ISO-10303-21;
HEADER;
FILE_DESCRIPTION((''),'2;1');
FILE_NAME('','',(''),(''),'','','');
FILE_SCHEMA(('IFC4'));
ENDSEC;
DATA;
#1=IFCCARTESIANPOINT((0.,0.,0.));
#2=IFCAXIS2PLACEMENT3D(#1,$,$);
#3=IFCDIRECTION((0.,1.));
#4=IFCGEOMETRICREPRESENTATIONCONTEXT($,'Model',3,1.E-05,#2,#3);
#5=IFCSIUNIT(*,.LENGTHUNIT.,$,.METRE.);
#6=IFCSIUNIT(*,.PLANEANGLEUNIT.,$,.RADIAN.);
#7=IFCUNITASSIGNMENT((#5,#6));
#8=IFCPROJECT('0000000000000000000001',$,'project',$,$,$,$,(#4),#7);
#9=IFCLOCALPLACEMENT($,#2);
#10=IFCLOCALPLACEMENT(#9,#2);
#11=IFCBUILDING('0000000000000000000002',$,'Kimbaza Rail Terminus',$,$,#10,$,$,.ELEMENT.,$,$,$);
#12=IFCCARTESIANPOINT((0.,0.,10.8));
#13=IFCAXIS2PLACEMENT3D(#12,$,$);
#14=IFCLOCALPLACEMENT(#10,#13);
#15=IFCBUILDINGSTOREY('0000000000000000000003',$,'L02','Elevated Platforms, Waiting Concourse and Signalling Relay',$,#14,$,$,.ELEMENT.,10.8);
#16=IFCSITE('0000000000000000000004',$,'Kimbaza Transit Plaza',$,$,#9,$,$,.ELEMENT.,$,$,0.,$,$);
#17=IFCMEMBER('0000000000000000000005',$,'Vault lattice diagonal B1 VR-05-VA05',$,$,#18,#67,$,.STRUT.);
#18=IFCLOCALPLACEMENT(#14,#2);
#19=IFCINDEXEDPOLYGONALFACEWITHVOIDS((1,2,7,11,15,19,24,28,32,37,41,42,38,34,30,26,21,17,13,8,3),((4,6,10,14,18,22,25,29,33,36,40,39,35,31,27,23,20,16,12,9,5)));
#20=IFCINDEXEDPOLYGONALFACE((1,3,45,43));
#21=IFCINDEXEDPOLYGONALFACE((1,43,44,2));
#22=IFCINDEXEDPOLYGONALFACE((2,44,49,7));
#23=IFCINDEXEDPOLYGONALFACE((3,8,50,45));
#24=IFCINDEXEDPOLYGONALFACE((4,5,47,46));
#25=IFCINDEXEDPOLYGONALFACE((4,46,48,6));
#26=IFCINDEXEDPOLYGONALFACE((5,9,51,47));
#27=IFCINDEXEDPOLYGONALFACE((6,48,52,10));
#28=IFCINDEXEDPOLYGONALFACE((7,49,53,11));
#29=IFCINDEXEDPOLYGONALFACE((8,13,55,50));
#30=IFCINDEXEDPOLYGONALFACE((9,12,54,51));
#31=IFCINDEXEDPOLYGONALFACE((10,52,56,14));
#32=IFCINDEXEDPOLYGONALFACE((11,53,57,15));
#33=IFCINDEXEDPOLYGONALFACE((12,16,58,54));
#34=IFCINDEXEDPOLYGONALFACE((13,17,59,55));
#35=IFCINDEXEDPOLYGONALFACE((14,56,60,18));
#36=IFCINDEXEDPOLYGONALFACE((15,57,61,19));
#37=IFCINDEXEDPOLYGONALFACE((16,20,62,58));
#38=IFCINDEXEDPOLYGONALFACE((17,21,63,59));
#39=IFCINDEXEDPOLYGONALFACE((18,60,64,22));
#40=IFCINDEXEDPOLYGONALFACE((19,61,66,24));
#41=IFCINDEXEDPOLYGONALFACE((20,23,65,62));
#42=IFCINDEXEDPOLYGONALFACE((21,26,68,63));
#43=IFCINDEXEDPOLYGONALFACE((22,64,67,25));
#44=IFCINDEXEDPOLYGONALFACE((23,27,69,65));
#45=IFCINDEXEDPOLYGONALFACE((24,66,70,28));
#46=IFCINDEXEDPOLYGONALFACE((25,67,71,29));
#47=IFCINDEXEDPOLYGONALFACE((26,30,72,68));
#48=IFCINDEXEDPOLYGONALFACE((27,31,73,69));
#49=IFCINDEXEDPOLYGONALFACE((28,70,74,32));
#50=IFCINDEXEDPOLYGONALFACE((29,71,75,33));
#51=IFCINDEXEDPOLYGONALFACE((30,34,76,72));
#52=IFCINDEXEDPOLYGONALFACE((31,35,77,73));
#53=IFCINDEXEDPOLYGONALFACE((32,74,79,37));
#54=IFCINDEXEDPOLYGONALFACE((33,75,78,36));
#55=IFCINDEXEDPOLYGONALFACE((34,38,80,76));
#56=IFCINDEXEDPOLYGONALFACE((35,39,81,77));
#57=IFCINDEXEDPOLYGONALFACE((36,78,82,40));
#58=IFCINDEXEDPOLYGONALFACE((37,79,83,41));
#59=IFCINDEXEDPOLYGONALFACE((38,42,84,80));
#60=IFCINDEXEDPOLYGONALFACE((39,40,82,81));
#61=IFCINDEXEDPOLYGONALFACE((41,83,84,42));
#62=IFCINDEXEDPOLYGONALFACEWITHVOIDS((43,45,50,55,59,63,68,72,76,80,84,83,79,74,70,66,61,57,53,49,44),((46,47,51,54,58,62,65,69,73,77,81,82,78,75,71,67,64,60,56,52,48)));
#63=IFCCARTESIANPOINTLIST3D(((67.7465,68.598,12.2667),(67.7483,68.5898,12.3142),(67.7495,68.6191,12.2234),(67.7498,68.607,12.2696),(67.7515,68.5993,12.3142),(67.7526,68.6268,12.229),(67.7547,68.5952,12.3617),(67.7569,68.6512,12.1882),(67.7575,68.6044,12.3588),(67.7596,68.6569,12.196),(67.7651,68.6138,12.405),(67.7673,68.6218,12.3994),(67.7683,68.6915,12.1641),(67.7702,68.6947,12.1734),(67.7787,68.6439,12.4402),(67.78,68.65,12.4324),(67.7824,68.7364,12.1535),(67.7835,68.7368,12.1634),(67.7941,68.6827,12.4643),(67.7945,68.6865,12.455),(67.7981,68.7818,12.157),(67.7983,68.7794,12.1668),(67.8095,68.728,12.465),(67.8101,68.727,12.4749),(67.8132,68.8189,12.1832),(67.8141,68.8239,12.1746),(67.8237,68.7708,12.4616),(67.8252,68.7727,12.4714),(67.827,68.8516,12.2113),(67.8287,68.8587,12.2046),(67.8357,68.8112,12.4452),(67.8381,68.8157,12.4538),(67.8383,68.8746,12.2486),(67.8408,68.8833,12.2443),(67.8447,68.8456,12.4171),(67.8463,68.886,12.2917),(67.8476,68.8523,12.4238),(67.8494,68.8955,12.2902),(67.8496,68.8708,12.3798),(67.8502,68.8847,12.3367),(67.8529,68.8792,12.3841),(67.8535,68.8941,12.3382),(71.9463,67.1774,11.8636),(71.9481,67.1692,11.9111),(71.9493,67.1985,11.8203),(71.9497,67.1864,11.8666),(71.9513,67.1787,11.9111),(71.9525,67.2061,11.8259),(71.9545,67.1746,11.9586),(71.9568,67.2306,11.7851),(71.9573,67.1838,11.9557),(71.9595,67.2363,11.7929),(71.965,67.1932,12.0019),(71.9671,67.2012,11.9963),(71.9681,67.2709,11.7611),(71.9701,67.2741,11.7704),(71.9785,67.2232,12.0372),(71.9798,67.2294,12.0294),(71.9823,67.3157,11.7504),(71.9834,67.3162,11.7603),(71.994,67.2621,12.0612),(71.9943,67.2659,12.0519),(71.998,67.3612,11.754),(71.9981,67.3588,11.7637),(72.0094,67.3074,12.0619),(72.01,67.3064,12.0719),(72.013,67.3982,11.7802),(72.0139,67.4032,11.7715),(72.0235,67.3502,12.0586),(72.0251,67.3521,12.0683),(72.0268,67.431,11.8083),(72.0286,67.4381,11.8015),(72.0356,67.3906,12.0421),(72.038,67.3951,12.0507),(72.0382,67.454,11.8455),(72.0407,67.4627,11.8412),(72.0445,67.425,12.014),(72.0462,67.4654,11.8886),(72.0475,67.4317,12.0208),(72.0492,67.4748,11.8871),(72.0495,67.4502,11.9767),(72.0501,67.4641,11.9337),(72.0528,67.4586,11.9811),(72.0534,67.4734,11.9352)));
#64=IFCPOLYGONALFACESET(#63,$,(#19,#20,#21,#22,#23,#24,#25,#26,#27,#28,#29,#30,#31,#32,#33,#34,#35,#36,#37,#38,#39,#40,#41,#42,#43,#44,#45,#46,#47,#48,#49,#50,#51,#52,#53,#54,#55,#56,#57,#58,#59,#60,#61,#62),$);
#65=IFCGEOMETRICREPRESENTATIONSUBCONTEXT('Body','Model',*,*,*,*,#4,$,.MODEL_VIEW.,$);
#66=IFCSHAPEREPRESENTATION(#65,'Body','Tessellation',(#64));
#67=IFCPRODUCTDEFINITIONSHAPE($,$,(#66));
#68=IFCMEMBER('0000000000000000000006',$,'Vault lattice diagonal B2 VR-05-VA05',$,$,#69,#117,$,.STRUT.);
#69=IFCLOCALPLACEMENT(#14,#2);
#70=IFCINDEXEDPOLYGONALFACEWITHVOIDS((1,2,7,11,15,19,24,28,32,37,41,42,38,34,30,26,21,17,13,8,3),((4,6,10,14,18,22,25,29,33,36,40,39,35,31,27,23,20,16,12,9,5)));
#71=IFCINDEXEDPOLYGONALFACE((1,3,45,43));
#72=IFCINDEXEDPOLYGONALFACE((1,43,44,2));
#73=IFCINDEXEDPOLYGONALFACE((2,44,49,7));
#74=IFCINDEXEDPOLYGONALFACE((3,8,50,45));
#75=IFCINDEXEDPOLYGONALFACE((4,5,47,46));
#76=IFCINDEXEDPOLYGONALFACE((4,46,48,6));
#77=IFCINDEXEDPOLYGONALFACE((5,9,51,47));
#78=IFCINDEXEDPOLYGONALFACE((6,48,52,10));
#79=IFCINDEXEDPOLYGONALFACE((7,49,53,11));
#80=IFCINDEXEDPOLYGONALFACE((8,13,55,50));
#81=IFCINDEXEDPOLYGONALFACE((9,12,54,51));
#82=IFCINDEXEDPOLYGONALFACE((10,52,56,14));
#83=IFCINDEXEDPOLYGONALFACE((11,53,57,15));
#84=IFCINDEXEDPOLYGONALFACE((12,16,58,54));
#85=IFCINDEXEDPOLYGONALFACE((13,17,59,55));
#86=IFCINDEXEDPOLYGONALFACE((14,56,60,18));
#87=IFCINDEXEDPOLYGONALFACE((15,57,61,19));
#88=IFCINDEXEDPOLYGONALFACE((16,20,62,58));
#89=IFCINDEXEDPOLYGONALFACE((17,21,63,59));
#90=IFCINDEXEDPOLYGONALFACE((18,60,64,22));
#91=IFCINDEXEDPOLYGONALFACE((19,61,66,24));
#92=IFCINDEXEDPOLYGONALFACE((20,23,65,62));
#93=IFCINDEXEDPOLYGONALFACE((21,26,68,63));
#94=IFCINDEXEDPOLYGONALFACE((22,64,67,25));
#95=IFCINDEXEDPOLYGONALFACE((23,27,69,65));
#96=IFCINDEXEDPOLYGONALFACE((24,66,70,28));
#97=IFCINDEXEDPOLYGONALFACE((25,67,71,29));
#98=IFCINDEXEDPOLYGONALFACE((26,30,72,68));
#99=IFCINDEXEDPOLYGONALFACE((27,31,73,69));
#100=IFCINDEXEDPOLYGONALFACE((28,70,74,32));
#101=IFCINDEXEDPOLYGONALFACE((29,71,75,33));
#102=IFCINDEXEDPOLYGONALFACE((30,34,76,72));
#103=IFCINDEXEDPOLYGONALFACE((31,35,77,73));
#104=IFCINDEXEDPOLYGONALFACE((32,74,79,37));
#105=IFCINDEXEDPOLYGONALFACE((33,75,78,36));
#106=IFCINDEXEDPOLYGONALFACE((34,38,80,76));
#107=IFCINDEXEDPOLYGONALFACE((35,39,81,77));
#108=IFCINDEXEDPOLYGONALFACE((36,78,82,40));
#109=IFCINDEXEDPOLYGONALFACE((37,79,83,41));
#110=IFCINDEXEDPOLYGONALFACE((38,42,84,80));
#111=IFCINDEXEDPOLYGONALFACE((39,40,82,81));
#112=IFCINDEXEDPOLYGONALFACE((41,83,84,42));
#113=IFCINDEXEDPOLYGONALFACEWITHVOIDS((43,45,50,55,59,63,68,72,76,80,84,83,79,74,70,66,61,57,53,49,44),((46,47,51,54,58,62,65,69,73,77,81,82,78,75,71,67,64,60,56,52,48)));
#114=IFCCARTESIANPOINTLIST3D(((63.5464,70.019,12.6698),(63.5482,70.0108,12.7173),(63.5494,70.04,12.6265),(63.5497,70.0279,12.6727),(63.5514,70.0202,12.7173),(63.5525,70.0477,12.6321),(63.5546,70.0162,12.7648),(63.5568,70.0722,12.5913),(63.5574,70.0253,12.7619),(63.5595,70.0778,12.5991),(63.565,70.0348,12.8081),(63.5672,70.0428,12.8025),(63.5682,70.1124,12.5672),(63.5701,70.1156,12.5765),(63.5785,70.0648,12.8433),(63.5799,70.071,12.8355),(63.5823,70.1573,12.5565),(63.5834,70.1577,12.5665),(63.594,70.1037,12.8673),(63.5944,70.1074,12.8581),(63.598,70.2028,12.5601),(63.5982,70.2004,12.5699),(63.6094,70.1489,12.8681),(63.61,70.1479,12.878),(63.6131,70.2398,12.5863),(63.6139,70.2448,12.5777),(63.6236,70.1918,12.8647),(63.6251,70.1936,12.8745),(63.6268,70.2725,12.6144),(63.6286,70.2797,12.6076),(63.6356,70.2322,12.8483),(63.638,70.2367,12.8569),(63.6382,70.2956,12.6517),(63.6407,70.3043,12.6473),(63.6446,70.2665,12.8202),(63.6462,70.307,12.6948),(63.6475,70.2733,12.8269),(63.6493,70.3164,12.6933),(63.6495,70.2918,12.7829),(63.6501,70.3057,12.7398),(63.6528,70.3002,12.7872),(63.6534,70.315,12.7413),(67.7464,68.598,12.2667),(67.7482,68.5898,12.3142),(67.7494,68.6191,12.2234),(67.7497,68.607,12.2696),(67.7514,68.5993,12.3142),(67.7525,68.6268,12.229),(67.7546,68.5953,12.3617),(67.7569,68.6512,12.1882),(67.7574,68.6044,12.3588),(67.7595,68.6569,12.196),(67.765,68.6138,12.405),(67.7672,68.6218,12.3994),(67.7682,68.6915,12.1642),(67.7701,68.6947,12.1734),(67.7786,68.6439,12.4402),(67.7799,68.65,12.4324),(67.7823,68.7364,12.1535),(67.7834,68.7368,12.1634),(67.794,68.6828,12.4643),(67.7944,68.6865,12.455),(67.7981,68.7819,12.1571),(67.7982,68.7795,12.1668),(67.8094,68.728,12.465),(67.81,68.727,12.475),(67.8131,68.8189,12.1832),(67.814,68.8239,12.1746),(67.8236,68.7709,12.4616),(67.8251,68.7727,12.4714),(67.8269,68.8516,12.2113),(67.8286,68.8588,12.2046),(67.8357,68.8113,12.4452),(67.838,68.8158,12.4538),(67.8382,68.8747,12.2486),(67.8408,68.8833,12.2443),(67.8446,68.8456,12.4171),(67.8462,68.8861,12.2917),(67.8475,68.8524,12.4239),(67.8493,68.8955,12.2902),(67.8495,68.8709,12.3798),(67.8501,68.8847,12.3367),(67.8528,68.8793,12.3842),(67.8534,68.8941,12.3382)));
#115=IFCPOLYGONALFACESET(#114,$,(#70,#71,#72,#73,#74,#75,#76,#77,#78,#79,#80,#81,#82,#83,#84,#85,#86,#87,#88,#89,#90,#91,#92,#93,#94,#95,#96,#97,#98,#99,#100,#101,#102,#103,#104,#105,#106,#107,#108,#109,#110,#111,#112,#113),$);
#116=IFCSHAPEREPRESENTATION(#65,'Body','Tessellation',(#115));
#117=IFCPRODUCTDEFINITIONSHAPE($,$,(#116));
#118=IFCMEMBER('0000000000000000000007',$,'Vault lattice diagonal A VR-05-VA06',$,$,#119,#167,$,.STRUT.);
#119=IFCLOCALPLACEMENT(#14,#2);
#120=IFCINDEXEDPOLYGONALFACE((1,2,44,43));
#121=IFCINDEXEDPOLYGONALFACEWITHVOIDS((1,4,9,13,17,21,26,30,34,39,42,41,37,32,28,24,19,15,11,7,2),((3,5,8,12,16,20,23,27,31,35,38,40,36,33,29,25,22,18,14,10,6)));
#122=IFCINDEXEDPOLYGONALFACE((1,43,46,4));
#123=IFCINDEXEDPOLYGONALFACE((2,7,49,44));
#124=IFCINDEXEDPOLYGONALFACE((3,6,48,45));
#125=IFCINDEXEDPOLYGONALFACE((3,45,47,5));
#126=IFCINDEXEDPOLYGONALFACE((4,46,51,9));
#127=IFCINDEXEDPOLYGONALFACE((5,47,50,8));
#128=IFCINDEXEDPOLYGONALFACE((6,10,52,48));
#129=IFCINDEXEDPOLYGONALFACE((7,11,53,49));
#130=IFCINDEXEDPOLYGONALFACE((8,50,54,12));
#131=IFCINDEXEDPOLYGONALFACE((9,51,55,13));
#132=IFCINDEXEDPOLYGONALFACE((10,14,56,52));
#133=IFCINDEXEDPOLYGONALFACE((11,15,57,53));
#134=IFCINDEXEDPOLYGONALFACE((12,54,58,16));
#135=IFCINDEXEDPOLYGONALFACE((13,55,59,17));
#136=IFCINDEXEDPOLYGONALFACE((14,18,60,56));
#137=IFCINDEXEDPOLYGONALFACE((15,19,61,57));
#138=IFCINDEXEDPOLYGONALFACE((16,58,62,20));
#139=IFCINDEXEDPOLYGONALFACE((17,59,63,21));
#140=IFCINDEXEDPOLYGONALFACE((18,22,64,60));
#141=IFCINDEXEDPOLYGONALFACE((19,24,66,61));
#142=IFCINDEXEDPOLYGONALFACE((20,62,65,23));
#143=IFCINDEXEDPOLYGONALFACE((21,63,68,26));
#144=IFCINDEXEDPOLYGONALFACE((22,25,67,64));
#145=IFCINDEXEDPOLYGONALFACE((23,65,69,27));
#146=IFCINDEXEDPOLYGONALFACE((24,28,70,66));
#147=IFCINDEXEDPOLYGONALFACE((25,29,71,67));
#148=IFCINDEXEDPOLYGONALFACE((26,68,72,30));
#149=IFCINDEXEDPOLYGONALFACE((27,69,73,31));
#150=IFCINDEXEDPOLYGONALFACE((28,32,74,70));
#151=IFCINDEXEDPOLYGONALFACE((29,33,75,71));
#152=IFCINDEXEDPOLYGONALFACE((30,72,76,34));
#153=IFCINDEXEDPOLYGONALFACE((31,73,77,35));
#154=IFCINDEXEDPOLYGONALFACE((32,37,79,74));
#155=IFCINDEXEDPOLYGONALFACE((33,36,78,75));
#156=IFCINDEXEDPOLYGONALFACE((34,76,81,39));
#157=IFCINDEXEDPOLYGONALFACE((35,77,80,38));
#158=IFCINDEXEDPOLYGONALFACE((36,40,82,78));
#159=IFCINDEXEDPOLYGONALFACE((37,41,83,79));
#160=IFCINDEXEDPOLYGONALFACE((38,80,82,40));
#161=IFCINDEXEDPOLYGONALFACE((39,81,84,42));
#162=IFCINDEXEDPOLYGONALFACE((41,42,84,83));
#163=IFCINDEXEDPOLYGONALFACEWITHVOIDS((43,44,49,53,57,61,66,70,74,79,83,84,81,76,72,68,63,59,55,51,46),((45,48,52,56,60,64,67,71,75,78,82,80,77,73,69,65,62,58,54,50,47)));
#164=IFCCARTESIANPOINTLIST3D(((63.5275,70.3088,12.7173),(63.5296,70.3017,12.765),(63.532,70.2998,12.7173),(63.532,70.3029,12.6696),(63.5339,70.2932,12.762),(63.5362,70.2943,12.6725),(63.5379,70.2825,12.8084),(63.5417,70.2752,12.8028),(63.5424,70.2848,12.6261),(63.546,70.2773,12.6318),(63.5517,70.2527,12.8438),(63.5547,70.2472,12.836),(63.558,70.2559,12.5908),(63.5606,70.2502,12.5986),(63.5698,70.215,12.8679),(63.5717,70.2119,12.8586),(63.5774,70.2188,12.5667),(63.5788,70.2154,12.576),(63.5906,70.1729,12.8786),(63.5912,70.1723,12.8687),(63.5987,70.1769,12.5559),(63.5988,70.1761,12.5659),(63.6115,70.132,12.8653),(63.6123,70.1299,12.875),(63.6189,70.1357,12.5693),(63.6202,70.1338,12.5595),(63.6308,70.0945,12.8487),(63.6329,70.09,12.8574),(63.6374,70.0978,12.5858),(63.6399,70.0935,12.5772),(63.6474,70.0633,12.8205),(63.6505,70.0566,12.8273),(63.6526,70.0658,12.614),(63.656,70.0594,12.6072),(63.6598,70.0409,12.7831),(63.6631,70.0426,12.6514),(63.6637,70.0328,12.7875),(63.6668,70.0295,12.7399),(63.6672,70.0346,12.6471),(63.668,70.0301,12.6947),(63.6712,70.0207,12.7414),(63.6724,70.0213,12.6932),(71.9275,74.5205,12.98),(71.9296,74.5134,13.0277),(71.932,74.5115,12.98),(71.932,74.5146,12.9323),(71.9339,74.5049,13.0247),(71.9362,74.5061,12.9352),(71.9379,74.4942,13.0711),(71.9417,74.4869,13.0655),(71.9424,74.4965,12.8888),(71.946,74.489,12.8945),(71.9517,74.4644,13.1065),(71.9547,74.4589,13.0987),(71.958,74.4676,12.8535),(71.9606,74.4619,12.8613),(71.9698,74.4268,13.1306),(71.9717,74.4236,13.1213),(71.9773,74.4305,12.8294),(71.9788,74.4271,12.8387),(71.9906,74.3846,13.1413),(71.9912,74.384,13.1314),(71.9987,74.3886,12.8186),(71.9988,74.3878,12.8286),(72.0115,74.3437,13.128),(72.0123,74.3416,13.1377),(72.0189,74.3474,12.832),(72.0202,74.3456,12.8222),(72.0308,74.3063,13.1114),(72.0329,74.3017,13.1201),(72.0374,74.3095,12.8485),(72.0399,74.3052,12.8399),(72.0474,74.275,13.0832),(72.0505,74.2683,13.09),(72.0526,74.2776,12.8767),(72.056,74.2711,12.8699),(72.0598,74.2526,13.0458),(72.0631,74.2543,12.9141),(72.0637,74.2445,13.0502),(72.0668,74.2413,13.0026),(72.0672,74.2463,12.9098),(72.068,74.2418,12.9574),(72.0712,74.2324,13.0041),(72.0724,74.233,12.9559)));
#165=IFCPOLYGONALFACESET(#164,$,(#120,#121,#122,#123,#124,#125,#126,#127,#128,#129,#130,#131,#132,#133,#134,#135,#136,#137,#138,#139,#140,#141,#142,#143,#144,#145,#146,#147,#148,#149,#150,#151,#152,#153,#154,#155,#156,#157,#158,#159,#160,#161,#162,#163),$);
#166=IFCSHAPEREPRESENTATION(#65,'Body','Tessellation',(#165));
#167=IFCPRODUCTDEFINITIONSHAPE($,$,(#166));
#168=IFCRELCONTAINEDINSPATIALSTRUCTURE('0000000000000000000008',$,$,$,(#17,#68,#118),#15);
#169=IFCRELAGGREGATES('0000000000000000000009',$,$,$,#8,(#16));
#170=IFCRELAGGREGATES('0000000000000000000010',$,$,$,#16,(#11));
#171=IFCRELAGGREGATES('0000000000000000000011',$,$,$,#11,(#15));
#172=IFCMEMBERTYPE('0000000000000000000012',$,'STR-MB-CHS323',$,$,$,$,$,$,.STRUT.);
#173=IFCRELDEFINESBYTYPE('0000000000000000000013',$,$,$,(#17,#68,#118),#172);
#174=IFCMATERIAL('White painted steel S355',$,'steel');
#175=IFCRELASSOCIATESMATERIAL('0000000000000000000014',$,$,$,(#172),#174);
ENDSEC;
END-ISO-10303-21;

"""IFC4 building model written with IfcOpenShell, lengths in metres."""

from ifc_helpers import new_model, si_unit, direction, frame, origin, origin_2d, place, context, subcontext, project, spatial, hollow_circle, extrude, material, material_profile, profile_set, type_object, element, save


model = new_model("IFC4")

# Units and contexts
model_context = context("Model", 3, precision=1e-05, world=origin(), true_north=direction((0.0, 1.0)))
body_context = subcontext(model_context, "Body", "Model", "MODEL_VIEW")
ifc_project = project(units=[si_unit("LENGTHUNIT", "METRE"), si_unit("PLANEANGLEUNIT", "RADIAN")], contexts=[model_context])

# Site, building, storey
site_placement = place(None, origin())
site = spatial("IfcSite", under=ifc_project, at=site_placement, Name="Kimbaza Transit Plaza", CompositionType="ELEMENT", RefElevation=0.0)
building_placement = place(site_placement, origin())
building = spatial("IfcBuilding", under=site, at=building_placement, Name="Kimbaza Rail Terminus", CompositionType="ELEMENT")
storey_placement = place(building_placement, frame((0.0, 0.0, 10.8)))
storey = spatial("IfcBuildingStorey", under=building, at=storey_placement, Name="L02", Description="Elevated Platforms, Waiting Concourse and Signalling Relay", CompositionType="ELEMENT", Elevation=10.8)

# Members
ifc_material_1 = material(Name="White painted steel S355", Category="steel")
ifc_material_profile_1 = material_profile(ifc_material_1, hollow_circle(Radius=0.1619, WallThickness=0.01, at=origin_2d()), Name="CHS 323.9x10")
ifc_profile_set_1 = profile_set([ifc_material_profile_1], Name="White painted steel S355")
member_type_1 = type_object("IfcMemberType", Name="STR-MB-CHS323", PredefinedType="STRUT", material=ifc_profile_set_1)
member_1_placement = place(storey_placement, frame((72.0, 67.3225, 11.9111), z_axis=(-0.943385, 0.319105, 0.090538), x_axis=(-0.320421, -0.947275, 0.0)))
element("IfcMember", 1, at=member_1_placement, inside=storey, type_object=member_type_1, Name="Vault lattice diagonal B1 VR-05-VA05", PredefinedType="STRUT", context=body_context, shape_type="SweptSolid", body=[
    extrude(hollow_circle(Radius=0.1619, WallThickness=0.01, at=origin_2d()), origin(), (0.0, 0.0, 1.0), 4.4519),
])
member_2_placement = place(storey_placement, frame((67.8, 68.7432, 12.3142), z_axis=(-0.943368, 0.319154, 0.090537), x_axis=(-0.32047, -0.947259, 0.0)))
element("IfcMember", 2, at=member_2_placement, inside=storey, type_object=member_type_1, Name="Vault lattice diagonal B2 VR-05-VA05", PredefinedType="STRUT", context=body_context, shape_type="SweptSolid", body=[
    extrude(hollow_circle(Radius=0.1619, WallThickness=0.01, at=origin_2d()), origin(), (0.0, 0.0, 1.0), 4.4521),
])
member_3_placement = place(storey_placement, frame((63.6001, 70.1641, 12.7173), z_axis=(0.893579, 0.448036, 0.027945), x_axis=(-0.448211, 0.893928, 0.0)))
element("IfcMember", 3, at=member_3_placement, inside=storey, type_object=member_type_1, Name="Vault lattice diagonal A VR-05-VA06", PredefinedType="STRUT", context=body_context, shape_type="SweptSolid", body=[
    extrude(hollow_circle(Radius=0.1619, WallThickness=0.01, at=origin_2d()), origin(), (0.0, 0.0, 1.0), 9.4004),
])

save(model, "model.ifc")
